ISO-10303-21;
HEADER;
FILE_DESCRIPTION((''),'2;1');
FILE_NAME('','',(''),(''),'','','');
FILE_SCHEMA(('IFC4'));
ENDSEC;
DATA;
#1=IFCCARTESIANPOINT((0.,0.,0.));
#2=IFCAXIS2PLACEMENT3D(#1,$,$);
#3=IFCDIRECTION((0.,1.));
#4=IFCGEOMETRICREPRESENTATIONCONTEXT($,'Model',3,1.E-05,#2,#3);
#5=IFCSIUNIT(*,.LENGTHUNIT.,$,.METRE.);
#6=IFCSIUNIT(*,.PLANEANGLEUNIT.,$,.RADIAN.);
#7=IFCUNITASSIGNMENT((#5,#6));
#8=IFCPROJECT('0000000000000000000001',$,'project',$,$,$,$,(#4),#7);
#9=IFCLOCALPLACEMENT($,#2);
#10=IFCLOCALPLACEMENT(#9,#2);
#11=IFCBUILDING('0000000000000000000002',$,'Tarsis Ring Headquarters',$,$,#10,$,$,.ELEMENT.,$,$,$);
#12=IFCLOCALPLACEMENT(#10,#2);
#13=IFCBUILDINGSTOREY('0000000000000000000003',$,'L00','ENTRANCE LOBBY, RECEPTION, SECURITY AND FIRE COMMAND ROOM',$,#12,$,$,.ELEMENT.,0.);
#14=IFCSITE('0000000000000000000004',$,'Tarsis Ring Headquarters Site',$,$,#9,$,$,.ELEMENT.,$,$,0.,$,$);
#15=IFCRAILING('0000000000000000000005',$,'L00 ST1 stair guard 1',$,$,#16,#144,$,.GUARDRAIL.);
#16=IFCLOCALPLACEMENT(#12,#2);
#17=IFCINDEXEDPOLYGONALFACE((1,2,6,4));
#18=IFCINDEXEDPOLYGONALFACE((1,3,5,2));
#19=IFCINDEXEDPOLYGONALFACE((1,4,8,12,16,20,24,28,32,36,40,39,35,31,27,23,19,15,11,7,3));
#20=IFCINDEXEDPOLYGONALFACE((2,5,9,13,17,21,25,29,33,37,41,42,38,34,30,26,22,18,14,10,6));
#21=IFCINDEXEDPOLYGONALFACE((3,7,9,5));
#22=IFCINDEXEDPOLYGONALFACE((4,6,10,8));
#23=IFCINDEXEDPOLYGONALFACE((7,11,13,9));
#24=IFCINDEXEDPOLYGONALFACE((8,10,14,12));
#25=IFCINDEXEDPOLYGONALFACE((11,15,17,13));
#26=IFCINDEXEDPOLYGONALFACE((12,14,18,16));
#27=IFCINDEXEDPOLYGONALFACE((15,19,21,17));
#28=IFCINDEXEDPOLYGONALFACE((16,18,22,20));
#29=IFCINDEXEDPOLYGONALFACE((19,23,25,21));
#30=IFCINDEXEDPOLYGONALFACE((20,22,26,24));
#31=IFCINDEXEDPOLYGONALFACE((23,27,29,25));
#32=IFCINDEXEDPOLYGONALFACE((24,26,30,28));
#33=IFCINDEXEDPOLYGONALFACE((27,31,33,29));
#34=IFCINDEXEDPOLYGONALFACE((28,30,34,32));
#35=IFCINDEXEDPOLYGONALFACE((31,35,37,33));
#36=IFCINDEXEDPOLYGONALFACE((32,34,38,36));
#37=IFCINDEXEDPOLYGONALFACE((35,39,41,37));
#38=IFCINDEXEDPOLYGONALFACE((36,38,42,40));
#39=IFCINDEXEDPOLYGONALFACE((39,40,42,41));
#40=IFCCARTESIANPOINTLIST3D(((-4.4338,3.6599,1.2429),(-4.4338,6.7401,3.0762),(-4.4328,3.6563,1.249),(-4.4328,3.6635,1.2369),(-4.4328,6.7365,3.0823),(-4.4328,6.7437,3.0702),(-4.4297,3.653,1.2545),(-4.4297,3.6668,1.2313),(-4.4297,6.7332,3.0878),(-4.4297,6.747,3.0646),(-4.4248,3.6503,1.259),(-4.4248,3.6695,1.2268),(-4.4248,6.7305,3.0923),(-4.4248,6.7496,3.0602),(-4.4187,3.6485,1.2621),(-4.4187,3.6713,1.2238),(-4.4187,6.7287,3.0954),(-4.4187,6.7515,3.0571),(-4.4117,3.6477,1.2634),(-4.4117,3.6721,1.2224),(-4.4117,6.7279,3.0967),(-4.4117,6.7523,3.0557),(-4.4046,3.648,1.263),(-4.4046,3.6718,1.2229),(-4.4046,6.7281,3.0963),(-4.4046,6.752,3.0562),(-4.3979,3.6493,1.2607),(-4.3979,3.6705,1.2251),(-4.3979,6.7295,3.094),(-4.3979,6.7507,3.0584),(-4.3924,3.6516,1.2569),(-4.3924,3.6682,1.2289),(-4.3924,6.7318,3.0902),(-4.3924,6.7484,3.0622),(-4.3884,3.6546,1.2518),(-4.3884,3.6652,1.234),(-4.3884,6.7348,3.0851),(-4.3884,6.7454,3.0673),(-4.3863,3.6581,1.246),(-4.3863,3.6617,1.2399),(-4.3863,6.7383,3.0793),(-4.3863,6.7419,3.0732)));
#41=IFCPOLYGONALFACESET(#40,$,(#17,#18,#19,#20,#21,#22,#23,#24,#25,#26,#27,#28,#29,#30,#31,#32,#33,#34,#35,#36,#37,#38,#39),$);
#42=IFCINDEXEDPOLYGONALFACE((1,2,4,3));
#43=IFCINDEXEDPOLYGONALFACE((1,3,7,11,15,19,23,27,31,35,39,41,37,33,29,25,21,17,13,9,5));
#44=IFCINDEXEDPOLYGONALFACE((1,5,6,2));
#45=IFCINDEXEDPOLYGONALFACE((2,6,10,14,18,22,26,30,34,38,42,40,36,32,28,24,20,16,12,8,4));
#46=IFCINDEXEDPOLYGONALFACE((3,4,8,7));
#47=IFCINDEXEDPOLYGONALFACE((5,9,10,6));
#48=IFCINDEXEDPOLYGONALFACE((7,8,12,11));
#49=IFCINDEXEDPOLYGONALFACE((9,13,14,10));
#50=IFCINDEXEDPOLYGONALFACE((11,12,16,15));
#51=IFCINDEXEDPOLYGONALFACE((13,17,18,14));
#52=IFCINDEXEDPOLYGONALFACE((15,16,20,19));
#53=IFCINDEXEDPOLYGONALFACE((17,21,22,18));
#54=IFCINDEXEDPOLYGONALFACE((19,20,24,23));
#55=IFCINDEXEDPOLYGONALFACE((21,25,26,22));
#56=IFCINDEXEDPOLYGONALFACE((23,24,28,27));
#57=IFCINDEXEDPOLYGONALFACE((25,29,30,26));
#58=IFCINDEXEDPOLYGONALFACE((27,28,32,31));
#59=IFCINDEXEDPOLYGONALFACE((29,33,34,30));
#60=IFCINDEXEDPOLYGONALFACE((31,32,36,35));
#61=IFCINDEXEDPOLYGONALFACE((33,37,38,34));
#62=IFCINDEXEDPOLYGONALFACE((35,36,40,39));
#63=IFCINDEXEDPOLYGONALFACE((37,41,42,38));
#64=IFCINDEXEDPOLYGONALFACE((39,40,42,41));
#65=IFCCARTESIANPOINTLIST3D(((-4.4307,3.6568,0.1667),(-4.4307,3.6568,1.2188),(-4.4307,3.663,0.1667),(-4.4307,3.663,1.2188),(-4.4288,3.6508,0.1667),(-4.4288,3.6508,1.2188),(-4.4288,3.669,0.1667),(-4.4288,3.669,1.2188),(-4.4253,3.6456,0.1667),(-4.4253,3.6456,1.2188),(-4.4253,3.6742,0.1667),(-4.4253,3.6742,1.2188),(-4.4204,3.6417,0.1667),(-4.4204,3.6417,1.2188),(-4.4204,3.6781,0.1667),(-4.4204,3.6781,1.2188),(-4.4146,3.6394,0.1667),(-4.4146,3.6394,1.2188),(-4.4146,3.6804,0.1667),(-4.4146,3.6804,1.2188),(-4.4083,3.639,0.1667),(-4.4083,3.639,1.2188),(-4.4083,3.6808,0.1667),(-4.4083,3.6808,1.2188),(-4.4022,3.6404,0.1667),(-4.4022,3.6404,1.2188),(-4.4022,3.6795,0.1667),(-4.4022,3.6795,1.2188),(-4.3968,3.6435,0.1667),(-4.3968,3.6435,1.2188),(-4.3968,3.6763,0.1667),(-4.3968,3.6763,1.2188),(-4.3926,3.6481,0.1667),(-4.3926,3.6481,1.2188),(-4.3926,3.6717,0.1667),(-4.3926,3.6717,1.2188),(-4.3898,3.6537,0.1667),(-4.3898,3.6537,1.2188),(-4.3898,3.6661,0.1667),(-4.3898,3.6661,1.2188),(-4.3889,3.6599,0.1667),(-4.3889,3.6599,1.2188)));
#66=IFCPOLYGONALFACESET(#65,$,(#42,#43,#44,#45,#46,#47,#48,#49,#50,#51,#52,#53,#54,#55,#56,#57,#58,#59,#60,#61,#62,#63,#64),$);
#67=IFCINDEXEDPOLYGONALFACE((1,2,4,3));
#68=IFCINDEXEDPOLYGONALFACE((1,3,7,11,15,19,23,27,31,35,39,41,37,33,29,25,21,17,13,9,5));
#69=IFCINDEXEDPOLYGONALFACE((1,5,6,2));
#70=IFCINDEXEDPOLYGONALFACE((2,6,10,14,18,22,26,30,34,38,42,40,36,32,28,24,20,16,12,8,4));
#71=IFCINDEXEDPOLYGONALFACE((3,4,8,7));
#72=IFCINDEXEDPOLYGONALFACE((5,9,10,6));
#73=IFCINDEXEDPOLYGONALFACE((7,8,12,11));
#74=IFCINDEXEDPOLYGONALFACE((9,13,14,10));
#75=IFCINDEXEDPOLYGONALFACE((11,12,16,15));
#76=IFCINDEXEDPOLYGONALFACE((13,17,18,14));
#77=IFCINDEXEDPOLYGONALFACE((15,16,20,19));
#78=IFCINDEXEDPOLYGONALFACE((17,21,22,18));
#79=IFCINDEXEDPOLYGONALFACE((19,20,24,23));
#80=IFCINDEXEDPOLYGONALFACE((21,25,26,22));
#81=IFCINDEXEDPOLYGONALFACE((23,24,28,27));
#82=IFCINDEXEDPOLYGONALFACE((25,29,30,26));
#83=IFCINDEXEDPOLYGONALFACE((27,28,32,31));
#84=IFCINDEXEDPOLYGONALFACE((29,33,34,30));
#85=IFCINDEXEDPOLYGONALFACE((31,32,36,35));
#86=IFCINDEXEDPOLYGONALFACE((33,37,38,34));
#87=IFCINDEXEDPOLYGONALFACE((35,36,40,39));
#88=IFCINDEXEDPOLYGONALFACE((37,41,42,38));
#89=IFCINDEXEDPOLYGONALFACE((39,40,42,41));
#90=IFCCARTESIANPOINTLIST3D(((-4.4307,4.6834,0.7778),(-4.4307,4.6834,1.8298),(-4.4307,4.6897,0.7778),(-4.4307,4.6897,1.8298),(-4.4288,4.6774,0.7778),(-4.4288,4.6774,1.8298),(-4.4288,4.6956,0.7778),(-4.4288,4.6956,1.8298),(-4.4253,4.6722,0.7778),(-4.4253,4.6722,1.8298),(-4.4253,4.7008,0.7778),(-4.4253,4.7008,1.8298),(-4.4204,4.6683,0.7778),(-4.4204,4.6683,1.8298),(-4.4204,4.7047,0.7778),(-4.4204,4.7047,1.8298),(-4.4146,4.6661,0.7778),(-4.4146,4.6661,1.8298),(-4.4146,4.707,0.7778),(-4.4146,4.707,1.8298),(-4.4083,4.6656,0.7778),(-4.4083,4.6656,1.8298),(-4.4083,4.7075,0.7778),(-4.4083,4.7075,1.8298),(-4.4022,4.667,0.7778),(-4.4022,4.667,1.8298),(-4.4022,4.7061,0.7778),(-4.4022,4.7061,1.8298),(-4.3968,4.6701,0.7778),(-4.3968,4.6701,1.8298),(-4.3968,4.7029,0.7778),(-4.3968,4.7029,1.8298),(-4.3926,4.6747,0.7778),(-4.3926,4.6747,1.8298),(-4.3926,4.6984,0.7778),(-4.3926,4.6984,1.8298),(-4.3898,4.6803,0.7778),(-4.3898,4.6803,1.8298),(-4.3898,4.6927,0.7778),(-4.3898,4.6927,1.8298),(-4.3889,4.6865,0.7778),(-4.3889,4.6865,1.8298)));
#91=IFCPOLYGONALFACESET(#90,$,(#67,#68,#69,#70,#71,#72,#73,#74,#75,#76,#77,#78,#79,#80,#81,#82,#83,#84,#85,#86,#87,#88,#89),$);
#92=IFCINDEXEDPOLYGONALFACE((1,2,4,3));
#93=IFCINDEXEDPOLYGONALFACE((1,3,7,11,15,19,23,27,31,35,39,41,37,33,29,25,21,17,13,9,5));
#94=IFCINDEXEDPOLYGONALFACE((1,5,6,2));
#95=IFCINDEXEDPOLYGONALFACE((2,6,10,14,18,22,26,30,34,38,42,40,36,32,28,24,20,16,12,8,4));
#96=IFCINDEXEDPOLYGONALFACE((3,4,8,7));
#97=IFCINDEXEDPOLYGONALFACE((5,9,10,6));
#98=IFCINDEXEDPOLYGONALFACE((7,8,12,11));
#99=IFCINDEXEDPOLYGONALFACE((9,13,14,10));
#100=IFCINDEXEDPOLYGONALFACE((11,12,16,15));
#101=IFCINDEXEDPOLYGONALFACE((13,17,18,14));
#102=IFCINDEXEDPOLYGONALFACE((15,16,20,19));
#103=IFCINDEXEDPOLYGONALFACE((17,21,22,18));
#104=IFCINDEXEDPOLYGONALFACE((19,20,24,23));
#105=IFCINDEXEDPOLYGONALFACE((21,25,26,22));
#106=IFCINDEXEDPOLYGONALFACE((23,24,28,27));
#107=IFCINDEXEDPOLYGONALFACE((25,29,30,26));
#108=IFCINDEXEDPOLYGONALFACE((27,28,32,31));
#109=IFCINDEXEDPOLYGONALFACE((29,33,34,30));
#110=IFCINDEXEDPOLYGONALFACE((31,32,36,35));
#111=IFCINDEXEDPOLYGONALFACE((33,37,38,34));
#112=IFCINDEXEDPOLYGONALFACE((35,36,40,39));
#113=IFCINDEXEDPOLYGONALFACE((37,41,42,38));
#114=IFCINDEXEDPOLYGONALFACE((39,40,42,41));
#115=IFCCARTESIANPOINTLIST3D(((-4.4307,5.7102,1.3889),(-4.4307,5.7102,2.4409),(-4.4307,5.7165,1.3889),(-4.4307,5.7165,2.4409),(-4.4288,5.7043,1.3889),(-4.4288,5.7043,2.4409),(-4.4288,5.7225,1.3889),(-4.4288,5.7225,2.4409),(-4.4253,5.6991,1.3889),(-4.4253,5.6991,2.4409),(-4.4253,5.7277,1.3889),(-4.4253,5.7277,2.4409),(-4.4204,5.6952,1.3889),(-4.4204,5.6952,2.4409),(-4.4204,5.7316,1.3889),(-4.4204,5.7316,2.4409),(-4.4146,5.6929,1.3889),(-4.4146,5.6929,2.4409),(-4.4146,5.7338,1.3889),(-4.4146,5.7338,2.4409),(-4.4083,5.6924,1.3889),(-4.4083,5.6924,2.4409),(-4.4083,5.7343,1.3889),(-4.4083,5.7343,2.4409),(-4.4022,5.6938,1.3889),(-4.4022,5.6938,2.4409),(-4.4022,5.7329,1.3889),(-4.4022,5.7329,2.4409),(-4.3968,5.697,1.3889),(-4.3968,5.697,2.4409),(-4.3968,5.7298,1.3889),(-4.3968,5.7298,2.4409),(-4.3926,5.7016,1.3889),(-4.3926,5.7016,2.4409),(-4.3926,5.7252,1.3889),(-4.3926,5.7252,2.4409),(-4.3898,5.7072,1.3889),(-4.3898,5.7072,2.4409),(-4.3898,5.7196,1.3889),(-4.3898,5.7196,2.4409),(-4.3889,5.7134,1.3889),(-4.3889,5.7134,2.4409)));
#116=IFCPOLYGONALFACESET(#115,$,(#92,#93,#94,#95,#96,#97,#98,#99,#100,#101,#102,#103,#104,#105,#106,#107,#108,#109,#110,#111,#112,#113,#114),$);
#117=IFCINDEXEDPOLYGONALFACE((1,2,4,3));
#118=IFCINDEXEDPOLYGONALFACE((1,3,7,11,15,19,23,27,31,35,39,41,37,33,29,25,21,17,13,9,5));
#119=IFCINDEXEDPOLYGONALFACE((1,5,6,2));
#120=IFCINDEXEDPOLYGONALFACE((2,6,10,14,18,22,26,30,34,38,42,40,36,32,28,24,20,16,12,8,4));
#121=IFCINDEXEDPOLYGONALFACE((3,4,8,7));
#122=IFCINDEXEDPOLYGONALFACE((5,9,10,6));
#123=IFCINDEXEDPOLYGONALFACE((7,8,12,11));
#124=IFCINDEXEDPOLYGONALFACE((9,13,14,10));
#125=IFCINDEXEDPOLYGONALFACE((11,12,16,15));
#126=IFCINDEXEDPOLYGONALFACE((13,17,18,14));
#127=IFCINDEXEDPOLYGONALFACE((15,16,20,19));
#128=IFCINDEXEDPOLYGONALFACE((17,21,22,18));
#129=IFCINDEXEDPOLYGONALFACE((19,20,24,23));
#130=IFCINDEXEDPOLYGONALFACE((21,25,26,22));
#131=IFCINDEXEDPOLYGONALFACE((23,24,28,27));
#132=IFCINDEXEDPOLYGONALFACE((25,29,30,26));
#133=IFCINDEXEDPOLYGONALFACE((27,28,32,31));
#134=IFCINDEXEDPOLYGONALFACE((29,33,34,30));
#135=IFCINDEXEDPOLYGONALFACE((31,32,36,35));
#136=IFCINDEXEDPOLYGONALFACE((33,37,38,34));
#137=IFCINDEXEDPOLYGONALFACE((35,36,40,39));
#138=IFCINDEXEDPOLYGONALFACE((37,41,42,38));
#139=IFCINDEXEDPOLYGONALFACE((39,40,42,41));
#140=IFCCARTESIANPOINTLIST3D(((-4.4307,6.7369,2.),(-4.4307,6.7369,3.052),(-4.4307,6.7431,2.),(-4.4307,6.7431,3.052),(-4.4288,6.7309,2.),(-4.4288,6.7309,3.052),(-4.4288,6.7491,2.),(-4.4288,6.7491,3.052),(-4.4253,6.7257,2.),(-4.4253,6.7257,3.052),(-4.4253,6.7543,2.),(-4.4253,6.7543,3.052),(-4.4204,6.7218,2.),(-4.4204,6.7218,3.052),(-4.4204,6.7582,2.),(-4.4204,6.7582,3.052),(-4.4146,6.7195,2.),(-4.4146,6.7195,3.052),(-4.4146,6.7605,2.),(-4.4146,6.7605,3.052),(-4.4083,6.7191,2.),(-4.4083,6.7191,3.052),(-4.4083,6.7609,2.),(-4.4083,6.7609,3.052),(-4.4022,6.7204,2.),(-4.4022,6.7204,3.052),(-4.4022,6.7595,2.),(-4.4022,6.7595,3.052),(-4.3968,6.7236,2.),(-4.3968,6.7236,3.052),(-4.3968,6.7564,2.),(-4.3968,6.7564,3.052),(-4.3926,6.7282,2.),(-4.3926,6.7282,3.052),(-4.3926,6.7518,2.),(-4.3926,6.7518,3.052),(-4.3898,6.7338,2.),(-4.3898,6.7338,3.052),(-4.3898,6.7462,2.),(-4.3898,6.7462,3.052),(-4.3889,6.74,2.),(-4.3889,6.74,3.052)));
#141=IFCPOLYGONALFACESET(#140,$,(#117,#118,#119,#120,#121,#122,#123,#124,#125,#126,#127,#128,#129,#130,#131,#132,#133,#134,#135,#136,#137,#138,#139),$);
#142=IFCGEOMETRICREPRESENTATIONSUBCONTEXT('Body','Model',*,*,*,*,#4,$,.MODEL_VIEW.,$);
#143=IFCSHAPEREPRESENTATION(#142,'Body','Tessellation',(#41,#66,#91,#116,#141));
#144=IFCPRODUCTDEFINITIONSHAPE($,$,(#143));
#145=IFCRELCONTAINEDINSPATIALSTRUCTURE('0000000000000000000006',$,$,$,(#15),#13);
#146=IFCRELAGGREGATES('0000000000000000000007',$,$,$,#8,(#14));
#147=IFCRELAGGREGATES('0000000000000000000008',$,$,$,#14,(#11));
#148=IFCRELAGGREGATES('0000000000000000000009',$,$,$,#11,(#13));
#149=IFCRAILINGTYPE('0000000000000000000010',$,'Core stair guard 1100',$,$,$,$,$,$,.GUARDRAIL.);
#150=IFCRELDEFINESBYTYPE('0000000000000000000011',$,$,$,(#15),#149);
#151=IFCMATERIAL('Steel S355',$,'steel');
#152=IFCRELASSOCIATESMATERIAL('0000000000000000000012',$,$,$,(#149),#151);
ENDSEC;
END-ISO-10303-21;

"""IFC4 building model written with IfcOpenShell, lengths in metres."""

from ifc_helpers import new_model, si_unit, direction, frame, origin, origin_2d, place, context, subcontext, project, spatial, circle, extrude, material, type_object, element, save


model = new_model("IFC4")

# Units and contexts
model_context = context("Model", 3, precision=1e-05, world=origin(), true_north=direction((0.0, 1.0)))
body_context = subcontext(model_context, "Body", "Model", "MODEL_VIEW")
ifc_project = project(units=[si_unit("LENGTHUNIT", "METRE"), si_unit("PLANEANGLEUNIT", "RADIAN")], contexts=[model_context])

# Site, building, storey
site_placement = place(None, origin())
site = spatial("IfcSite", under=ifc_project, at=site_placement, Name="Tarsis Ring Headquarters Site", CompositionType="ELEMENT", RefElevation=0.0)
building_placement = place(site_placement, origin())
building = spatial("IfcBuilding", under=site, at=building_placement, Name="Tarsis Ring Headquarters", CompositionType="ELEMENT")
storey_placement = place(building_placement, origin())
storey = spatial("IfcBuildingStorey", under=building, at=storey_placement, Name="L00", Description="ENTRANCE LOBBY, RECEPTION, SECURITY AND FIRE COMMAND ROOM", CompositionType="ELEMENT", Elevation=0.0)

# Railing
ifc_material = material(Name="Steel S355", Category="steel")
railing_type_1 = type_object("IfcRailingType", Name="Core stair guard 1100", PredefinedType="GUARDRAIL", material=ifc_material)
railing_1_placement = place(storey_placement, frame((-4.4099, 3.6599, 0.1667)))
element("IfcRailing", 1, at=railing_1_placement, inside=storey, type_object=railing_type_1, Name="L00 ST1 stair guard 1", PredefinedType="GUARDRAIL", context=body_context, shape_type="SweptSolid", body=[
    extrude(circle(Radius=0.0239, at=origin_2d()), frame((0.0, 0.0, 1.0762), z_axis=(0.0, 0.859309, 0.511458), x_axis=(-1.0, 0.0, 0.0)), (0.0, 0.0, 1.0), 3.5845),
    extrude(circle(Radius=0.021, at=origin_2d()), origin(), (0.0, 0.0, 1.0), 1.052),
    extrude(circle(Radius=0.021, at=origin_2d()), frame((0.0, 1.0266, 0.6111)), (0.0, 0.0, 1.0), 1.052),
    extrude(circle(Radius=0.021, at=origin_2d()), frame((0.0, 2.0535, 1.2222)), (0.0, 0.0, 1.0), 1.052),
    extrude(circle(Radius=0.021, at=origin_2d()), frame((0.0, 3.0801, 1.8333)), (0.0, 0.0, 1.0), 1.052),
])

save(model, "model.ifc")
